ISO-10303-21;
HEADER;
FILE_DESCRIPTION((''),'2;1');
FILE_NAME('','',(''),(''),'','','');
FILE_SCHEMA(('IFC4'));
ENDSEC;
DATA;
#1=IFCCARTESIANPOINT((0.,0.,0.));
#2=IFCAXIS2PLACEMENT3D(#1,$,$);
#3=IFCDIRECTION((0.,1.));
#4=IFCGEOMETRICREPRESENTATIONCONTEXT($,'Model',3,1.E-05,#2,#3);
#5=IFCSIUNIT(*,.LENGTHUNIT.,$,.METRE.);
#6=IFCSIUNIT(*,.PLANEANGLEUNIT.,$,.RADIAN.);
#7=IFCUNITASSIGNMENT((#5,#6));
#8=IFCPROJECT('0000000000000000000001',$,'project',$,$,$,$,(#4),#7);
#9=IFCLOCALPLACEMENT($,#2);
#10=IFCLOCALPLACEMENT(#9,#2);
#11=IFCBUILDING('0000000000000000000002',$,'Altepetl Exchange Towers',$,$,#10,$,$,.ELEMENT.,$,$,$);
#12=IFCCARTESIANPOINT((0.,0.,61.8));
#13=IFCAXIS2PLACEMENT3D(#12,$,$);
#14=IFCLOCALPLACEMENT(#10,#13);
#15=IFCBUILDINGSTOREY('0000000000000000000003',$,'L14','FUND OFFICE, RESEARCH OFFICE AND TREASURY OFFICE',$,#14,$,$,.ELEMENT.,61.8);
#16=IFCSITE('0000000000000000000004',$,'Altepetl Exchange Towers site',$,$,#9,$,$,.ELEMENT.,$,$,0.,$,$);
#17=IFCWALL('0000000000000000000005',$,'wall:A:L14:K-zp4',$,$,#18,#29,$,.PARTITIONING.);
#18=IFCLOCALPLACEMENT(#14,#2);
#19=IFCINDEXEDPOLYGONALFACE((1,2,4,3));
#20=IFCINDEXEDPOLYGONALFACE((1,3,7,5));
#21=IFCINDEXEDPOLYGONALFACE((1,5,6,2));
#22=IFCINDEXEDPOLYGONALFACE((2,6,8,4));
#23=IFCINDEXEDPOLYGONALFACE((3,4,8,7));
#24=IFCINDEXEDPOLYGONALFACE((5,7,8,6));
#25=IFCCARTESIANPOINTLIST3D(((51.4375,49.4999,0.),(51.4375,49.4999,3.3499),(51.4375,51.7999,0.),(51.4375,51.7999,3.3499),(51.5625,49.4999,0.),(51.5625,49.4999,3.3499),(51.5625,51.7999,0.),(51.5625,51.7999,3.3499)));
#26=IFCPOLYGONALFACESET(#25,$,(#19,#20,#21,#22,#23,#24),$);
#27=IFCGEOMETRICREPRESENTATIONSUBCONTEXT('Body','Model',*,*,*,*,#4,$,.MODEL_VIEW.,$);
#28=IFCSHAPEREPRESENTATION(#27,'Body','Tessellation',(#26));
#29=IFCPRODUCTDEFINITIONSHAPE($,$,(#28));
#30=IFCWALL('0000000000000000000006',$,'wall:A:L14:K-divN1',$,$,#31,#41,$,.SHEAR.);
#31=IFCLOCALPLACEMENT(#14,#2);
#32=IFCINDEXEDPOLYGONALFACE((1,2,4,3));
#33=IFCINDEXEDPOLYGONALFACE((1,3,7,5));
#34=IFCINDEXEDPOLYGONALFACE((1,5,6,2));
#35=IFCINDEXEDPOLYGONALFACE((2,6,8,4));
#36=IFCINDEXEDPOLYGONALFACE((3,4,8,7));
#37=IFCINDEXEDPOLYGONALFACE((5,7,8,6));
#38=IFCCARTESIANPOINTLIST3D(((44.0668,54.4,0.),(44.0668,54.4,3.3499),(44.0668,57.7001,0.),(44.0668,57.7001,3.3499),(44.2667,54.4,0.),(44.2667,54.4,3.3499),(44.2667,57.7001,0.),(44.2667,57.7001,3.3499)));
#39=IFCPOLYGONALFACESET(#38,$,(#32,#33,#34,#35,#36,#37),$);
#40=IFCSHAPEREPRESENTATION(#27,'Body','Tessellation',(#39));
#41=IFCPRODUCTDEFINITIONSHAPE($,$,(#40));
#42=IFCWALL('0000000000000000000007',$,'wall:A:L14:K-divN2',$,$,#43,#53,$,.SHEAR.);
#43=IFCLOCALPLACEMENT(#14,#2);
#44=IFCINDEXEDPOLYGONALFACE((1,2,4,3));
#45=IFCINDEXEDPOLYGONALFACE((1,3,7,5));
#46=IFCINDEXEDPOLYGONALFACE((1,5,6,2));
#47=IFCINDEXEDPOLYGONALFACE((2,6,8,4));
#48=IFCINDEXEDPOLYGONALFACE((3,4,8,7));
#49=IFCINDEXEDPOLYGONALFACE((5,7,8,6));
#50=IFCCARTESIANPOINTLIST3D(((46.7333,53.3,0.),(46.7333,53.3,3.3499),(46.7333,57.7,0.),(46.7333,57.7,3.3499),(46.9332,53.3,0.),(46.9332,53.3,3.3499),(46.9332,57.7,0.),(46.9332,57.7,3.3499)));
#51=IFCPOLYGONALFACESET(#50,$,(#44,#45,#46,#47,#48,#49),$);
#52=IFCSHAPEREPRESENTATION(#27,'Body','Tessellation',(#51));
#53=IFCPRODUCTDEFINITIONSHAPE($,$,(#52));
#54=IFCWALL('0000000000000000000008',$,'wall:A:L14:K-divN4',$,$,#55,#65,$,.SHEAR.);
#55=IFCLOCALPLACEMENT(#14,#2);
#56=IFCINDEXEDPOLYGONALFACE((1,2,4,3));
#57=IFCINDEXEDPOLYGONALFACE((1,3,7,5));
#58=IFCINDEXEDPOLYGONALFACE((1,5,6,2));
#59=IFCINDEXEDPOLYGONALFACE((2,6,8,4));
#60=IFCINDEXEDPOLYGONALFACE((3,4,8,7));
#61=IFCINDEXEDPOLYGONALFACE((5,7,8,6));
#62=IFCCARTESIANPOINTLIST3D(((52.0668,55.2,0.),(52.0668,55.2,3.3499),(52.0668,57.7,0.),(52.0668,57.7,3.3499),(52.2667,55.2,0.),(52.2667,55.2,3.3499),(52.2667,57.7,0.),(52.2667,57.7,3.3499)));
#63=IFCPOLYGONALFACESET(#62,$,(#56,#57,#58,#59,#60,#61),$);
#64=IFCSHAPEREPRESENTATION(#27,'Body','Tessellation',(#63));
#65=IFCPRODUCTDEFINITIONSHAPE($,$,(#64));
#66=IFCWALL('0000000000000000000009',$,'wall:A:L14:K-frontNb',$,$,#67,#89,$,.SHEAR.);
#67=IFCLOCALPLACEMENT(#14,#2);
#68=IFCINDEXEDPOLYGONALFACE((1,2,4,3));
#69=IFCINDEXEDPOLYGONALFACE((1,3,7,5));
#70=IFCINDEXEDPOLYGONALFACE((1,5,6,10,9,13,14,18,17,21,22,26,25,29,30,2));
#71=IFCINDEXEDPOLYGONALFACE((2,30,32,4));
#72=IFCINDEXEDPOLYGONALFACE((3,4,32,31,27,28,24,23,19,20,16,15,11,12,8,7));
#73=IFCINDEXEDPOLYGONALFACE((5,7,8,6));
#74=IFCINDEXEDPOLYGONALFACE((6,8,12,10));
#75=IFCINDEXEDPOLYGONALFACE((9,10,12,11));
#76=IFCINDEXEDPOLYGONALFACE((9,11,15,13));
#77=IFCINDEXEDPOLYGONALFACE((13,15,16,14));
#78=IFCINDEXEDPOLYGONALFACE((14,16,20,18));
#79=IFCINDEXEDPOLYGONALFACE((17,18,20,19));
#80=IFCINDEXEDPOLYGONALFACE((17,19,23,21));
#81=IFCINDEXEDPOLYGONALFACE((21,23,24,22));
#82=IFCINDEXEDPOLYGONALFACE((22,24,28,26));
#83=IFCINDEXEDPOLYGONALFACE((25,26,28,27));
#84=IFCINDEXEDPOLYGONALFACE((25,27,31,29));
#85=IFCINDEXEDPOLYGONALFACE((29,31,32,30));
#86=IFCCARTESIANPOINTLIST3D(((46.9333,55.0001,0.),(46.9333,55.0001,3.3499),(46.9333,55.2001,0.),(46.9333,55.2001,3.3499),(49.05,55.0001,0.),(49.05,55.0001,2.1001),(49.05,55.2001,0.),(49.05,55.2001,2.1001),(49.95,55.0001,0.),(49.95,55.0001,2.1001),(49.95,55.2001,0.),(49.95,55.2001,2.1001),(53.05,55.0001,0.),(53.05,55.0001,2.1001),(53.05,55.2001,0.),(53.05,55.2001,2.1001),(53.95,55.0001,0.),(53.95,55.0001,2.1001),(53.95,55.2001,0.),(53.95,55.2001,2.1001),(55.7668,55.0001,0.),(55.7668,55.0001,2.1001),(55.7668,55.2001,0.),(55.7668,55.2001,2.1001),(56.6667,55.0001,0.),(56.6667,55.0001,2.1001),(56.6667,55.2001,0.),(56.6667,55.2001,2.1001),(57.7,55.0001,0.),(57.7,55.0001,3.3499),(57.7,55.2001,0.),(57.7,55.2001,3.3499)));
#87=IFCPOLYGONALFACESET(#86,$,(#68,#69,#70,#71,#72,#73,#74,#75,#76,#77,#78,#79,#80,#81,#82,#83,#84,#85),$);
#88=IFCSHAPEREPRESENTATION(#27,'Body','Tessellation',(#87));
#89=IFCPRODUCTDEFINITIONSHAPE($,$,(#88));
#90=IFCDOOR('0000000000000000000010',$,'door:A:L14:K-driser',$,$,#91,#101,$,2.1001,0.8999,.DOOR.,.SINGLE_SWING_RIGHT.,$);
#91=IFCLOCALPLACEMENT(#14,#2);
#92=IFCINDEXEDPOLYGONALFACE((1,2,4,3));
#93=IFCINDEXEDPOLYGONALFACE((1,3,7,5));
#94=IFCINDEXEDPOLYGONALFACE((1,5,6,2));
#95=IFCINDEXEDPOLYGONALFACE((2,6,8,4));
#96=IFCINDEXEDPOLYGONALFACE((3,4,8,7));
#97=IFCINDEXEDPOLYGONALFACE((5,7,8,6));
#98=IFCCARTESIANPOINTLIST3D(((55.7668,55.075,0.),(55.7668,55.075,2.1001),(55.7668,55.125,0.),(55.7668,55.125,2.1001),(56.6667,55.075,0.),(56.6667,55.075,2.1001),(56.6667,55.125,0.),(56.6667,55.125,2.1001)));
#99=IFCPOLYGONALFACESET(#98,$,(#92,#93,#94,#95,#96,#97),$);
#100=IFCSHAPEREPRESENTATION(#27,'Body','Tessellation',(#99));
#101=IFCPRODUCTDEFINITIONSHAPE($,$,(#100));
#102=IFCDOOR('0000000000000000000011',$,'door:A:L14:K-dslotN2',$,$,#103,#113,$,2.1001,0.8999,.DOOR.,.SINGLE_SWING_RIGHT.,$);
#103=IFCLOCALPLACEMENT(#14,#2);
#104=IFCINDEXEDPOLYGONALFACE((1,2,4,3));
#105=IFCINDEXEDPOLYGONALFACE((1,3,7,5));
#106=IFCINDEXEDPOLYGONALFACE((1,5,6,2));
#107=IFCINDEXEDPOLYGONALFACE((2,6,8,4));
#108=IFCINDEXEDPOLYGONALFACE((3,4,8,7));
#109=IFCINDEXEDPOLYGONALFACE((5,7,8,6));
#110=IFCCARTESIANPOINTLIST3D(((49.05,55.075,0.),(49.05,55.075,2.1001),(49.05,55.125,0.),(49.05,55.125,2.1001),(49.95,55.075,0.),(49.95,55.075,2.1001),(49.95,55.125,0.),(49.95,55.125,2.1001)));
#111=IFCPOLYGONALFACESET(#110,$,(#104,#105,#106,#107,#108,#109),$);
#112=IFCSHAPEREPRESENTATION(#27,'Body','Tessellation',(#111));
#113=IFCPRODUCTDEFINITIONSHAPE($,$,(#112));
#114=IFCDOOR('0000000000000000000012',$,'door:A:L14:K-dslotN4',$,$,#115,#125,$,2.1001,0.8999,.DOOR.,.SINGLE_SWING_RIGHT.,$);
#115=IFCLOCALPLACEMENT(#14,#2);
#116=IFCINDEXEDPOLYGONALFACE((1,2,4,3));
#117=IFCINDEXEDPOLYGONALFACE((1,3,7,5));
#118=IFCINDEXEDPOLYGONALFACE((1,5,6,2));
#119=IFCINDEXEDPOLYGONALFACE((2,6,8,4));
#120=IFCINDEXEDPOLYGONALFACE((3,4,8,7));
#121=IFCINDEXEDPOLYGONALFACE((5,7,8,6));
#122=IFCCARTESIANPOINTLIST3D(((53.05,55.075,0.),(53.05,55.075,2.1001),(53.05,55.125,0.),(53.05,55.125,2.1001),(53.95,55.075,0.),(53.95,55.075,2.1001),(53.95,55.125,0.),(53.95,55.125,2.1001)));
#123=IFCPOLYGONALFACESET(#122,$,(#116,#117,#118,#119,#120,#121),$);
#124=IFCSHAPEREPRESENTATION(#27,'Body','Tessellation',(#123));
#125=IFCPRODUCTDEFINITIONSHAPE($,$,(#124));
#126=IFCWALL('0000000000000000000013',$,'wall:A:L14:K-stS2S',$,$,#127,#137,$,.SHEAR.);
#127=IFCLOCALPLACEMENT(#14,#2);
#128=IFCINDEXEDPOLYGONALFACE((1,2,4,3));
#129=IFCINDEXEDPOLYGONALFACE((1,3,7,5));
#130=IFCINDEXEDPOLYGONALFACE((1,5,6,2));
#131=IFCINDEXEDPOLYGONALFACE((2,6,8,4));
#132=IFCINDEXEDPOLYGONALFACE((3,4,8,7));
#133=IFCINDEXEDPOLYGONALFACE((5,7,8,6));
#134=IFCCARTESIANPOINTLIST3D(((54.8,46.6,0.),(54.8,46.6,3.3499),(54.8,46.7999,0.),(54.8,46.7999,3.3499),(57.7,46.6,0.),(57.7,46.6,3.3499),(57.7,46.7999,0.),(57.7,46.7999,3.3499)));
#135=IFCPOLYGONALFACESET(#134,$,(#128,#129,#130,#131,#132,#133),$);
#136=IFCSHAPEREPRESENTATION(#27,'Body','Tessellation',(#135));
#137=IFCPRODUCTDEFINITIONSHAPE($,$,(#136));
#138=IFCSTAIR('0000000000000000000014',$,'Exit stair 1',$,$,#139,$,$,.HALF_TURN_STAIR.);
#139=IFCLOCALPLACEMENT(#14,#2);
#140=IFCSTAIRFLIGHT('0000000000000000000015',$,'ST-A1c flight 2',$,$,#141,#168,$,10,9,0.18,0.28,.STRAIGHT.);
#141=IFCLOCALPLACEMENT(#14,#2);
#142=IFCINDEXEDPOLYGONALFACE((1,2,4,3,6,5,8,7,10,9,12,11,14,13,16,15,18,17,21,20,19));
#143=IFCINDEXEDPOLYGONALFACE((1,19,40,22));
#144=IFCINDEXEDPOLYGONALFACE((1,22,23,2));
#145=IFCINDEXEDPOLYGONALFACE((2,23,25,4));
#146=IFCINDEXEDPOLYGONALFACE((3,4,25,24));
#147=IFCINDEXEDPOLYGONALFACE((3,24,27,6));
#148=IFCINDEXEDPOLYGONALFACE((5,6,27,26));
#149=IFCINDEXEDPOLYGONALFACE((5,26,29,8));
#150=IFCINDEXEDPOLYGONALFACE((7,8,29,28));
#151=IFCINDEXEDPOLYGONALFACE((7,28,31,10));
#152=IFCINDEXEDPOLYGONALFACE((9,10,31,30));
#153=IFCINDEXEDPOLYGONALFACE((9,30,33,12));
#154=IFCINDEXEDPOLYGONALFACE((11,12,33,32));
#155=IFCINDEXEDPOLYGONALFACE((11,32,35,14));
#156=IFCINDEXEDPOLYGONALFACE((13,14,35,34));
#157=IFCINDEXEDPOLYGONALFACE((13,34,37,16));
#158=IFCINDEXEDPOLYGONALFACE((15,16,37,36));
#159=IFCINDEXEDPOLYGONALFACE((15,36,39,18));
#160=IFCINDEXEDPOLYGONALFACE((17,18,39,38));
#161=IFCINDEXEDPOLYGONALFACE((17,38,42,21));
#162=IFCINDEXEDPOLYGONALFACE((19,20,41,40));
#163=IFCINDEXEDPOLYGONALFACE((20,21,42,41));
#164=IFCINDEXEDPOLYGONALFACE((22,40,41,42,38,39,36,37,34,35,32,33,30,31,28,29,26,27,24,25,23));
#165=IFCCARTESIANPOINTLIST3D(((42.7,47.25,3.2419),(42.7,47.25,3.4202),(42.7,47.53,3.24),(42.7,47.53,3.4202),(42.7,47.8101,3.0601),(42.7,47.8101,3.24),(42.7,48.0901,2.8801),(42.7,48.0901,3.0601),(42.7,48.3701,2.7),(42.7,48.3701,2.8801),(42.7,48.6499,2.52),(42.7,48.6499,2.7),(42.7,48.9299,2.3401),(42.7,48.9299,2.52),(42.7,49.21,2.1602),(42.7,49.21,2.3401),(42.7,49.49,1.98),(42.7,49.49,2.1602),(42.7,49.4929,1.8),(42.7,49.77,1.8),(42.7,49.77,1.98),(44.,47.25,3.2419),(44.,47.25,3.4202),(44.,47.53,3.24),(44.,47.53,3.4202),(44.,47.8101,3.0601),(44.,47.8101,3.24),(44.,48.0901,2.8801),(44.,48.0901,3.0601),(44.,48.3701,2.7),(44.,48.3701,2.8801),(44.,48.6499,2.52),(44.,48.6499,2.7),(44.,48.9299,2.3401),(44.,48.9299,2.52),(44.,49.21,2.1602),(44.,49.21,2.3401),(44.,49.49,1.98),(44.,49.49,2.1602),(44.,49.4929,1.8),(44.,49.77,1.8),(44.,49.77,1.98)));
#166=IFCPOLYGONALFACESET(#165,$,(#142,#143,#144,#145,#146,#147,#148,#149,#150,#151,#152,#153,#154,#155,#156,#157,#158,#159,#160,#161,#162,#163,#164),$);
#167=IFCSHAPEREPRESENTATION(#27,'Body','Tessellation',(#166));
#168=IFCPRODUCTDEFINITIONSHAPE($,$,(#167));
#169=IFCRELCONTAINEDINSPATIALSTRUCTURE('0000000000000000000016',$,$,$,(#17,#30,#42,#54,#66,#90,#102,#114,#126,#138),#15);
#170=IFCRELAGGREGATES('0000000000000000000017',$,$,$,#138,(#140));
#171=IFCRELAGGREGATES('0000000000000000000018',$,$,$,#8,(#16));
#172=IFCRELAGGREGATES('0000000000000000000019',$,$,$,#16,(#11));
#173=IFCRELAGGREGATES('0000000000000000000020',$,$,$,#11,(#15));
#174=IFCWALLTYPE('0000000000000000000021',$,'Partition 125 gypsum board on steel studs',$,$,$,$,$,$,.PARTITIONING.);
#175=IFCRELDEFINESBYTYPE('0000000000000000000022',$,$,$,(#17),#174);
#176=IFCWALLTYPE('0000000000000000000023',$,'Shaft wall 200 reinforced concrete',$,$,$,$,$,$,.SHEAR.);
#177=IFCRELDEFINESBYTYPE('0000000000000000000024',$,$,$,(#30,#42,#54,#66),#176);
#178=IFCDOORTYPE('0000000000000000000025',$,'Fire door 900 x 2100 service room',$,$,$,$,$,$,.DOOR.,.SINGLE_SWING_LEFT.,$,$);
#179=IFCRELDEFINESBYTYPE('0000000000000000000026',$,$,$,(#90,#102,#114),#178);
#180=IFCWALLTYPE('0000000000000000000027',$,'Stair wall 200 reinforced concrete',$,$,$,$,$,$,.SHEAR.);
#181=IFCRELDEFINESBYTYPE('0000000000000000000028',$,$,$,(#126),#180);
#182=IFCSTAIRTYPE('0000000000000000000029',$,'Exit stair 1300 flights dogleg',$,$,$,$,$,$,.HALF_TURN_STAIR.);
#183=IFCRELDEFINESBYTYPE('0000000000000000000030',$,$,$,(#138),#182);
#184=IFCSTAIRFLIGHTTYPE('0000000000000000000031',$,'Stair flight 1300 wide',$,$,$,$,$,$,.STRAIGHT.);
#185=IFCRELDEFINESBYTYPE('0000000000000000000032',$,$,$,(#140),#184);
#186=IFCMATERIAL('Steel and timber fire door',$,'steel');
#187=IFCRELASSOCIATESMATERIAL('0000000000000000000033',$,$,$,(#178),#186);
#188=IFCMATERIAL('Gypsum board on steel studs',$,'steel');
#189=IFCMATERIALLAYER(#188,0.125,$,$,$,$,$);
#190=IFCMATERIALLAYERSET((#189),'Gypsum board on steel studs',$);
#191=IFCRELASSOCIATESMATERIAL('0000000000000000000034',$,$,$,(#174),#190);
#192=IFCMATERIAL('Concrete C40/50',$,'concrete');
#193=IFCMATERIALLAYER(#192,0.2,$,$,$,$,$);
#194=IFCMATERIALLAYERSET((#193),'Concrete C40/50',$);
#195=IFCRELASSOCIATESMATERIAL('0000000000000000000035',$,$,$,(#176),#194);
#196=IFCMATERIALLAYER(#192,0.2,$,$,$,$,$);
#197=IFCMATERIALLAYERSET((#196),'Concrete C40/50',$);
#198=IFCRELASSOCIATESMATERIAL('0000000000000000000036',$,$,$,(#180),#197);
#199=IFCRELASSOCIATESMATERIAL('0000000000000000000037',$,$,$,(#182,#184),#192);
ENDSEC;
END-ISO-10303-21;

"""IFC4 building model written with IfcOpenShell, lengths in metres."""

from ifc_helpers import new_model, si_unit, direction, frame, frame_2d, origin, place, context, subcontext, project, spatial, polyline, rectangle, outline, extrude, material, layer, layer_set, type_object, element, fill, aggregate, save


model = new_model("IFC4")

# Units and contexts
model_context = context("Model", 3, precision=1e-05, world=origin(), true_north=direction((0.0, 1.0)))
body_context = subcontext(model_context, "Body", "Model", "MODEL_VIEW")
ifc_project = project(units=[si_unit("LENGTHUNIT", "METRE"), si_unit("PLANEANGLEUNIT", "RADIAN")], contexts=[model_context])

# Site, building, storey
site_placement = place(None, origin())
site = spatial("IfcSite", under=ifc_project, at=site_placement, Name="Altepetl Exchange Towers site", CompositionType="ELEMENT", RefElevation=0.0)
building_placement = place(site_placement, origin())
building = spatial("IfcBuilding", under=site, at=building_placement, Name="Altepetl Exchange Towers", CompositionType="ELEMENT")
storey_placement = place(building_placement, frame((0.0, 0.0, 61.8)))
storey = spatial("IfcBuildingStorey", under=building, at=storey_placement, Name="L14", Description="FUND OFFICE, RESEARCH OFFICE AND TREASURY OFFICE", CompositionType="ELEMENT", Elevation=61.8)

# Shared definitions
ifc_material_1 = material(Name="Steel and timber fire door", Category="steel")
door_type_1 = type_object("IfcDoorType", Name="Fire door 900 x 2100 service room", OperationType="SINGLE_SWING_LEFT", PredefinedType="DOOR", material=ifc_material_1)

# Walls
ifc_material_2 = material(Name="Gypsum board on steel studs", Category="steel")
ifc_layer_1 = layer(ifc_material_2, 0.125)
ifc_layer_set_1 = layer_set([ifc_layer_1], Name="Gypsum board on steel studs")
wall_type_1 = type_object("IfcWallType", Name="Partition 125 gypsum board on steel studs", PredefinedType="PARTITIONING", material=ifc_layer_set_1)
wall_1_placement = place(storey_placement, frame((51.5, 49.5, 0.0), z_axis=(0.0, 0.0, 1.0), x_axis=(0.0, 1.0, 0.0)))
element("IfcWall", 1, at=wall_1_placement, inside=storey, type_object=wall_type_1, Name="wall:A:L14:K-zp4", PredefinedType="PARTITIONING", context=body_context, shape_type="SweptSolid", body=[
    extrude(rectangle(XDim=2.3, YDim=0.125, at=frame_2d((1.1499, 0.0))), origin(), (0.0, 0.0, 1.0), 3.3499),
])
ifc_material_3 = material(Name="Concrete C40/50", Category="concrete")
ifc_layer_2 = layer(ifc_material_3, 0.2)
ifc_layer_set_2 = layer_set([ifc_layer_2], Name="Concrete C40/50")
wall_type_2 = type_object("IfcWallType", Name="Shaft wall 200 reinforced concrete", PredefinedType="SHEAR", material=ifc_layer_set_2)
wall_2_placement = place(storey_placement, frame((44.1667, 57.7, 0.0), z_axis=(0.0, 0.0, 1.0), x_axis=(0.0, -1.0, 0.0)))
element("IfcWall", 2, at=wall_2_placement, inside=storey, type_object=wall_type_2, Name="wall:A:L14:K-divN1", PredefinedType="SHEAR", context=body_context, shape_type="SweptSolid", body=[
    extrude(rectangle(XDim=3.3, YDim=0.2, at=frame_2d((1.6499, 0.0))), origin(), (0.0, 0.0, 1.0), 3.3499),
])
wall_3_placement = place(storey_placement, frame((46.8333, 57.7, 0.0), z_axis=(0.0, 0.0, 1.0), x_axis=(0.0, -1.0, 0.0)))
element("IfcWall", 3, at=wall_3_placement, inside=storey, type_object=wall_type_2, Name="wall:A:L14:K-divN2", PredefinedType="SHEAR", context=body_context, shape_type="SweptSolid", body=[
    extrude(rectangle(XDim=4.3999, YDim=0.2, at=frame_2d((2.2, 0.0))), origin(), (0.0, 0.0, 1.0), 3.3499),
])
wall_4_placement = place(storey_placement, frame((52.1667, 57.7, 0.0), z_axis=(0.0, 0.0, 1.0), x_axis=(0.0, -1.0, 0.0)))
element("IfcWall", 4, at=wall_4_placement, inside=storey, type_object=wall_type_2, Name="wall:A:L14:K-divN4", PredefinedType="SHEAR", context=body_context, shape_type="SweptSolid", body=[
    extrude(rectangle(XDim=2.5, YDim=0.2, at=frame_2d((1.25, 0.0))), origin(), (0.0, 0.0, 1.0), 3.3499),
])

# Wall, openings, doors
wall_5_placement = place(storey_placement, frame((46.9333, 55.1001, 0.0)))
wall_5 = element("IfcWall", 5, at=wall_5_placement, inside=storey, type_object=wall_type_2, Name="wall:A:L14:K-frontNb", PredefinedType="SHEAR", context=body_context, shape_type="SweptSolid", body=[
    extrude(rectangle(XDim=10.7666, YDim=0.2, at=frame_2d((5.3833, 0.0))), origin(), (0.0, 0.0, 1.0), 3.3499),
])
opening_1_placement = place(wall_5_placement, frame((8.8335, 0.0, 0.0)))
opening_1 = element("IfcOpeningElement", 6, at=opening_1_placement, cuts=wall_5, PredefinedType="OPENING", context=body_context, shape_type="SweptSolid", body=[
    extrude(rectangle(XDim=0.8999, YDim=2.1001, at=frame_2d((0.45, 1.05))), frame((0.0, 0.1099, 0.0), z_axis=(0.0, -1.0, 0.0), x_axis=(1.0, 0.0, 0.0)), (0.0, 0.0, 1.0), 0.22),
])
opening_2_placement = place(wall_5_placement, frame((2.1167, 0.0, 0.0)))
opening_2 = element("IfcOpeningElement", 7, at=opening_2_placement, cuts=wall_5, PredefinedType="OPENING", context=body_context, shape_type="SweptSolid", body=[
    extrude(rectangle(XDim=0.8999, YDim=2.1001, at=frame_2d((0.45, 1.05))), frame((0.0, 0.1099, 0.0), z_axis=(0.0, -1.0, 0.0), x_axis=(1.0, 0.0, 0.0)), (0.0, 0.0, 1.0), 0.22),
])
opening_3_placement = place(wall_5_placement, frame((6.1167, 0.0, 0.0)))
opening_3 = element("IfcOpeningElement", 8, at=opening_3_placement, cuts=wall_5, PredefinedType="OPENING", context=body_context, shape_type="SweptSolid", body=[
    extrude(rectangle(XDim=0.8999, YDim=2.1001, at=frame_2d((0.45, 1.05))), frame((0.0, 0.1099, 0.0), z_axis=(0.0, -1.0, 0.0), x_axis=(1.0, 0.0, 0.0)), (0.0, 0.0, 1.0), 0.22),
])
door_1_placement = place(opening_1_placement, origin())
door_1 = element("IfcDoor", 9, at=door_1_placement, inside=storey, type_object=door_type_1, Name="door:A:L14:K-driser", OperationType="SINGLE_SWING_RIGHT", OverallHeight=2.1001, OverallWidth=0.8999, PredefinedType="DOOR", context=body_context, shape_type="SweptSolid", body=[
    extrude(rectangle(XDim=0.8999, YDim=2.1001, at=frame_2d((0.45, 1.05))), frame((0.0, 0.0249, 0.0), z_axis=(0.0, -1.0, 0.0), x_axis=(1.0, 0.0, 0.0)), (0.0, 0.0, 1.0), 0.05),
])
fill(opening_1, door_1)
door_2_placement = place(opening_2_placement, origin())
door_2 = element("IfcDoor", 10, at=door_2_placement, inside=storey, type_object=door_type_1, Name="door:A:L14:K-dslotN2", OperationType="SINGLE_SWING_RIGHT", OverallHeight=2.1001, OverallWidth=0.8999, PredefinedType="DOOR", context=body_context, shape_type="SweptSolid", body=[
    extrude(rectangle(XDim=0.8999, YDim=2.1001, at=frame_2d((0.45, 1.05))), frame((0.0, 0.0249, 0.0), z_axis=(0.0, -1.0, 0.0), x_axis=(1.0, 0.0, 0.0)), (0.0, 0.0, 1.0), 0.05),
])
fill(opening_2, door_2)
door_3_placement = place(opening_3_placement, origin())
door_3 = element("IfcDoor", 11, at=door_3_placement, inside=storey, type_object=door_type_1, Name="door:A:L14:K-dslotN4", OperationType="SINGLE_SWING_RIGHT", OverallHeight=2.1001, OverallWidth=0.8999, PredefinedType="DOOR", context=body_context, shape_type="SweptSolid", body=[
    extrude(rectangle(XDim=0.8999, YDim=2.1001, at=frame_2d((0.45, 1.05))), frame((0.0, 0.0249, 0.0), z_axis=(0.0, -1.0, 0.0), x_axis=(1.0, 0.0, 0.0)), (0.0, 0.0, 1.0), 0.05),
])
fill(opening_3, door_3)

# Wall
ifc_layer_3 = layer(ifc_material_3, 0.2)
ifc_layer_set_3 = layer_set([ifc_layer_3], Name="Concrete C40/50")
wall_type_3 = type_object("IfcWallType", Name="Stair wall 200 reinforced concrete", PredefinedType="SHEAR", material=ifc_layer_set_3)
wall_6_placement = place(storey_placement, frame((54.8, 46.7, 0.0)))
element("IfcWall", 12, at=wall_6_placement, inside=storey, type_object=wall_type_3, Name="wall:A:L14:K-stS2S", PredefinedType="SHEAR", context=body_context, shape_type="SweptSolid", body=[
    extrude(rectangle(XDim=2.8999, YDim=0.2, at=frame_2d((1.45, 0.0))), origin(), (0.0, 0.0, 1.0), 3.3499),
])

# Stair, stair flight
stair_type = type_object("IfcStairType", Name="Exit stair 1300 flights dogleg", PredefinedType="HALF_TURN_STAIR", material=ifc_material_3)
stair_placement = place(storey_placement, origin())
stair = element("IfcStair", 13, at=stair_placement, inside=storey, type_object=stair_type, Name="Exit stair 1", PredefinedType="HALF_TURN_STAIR")
stair_flight_type = type_object("IfcStairFlightType", Name="Stair flight 1300 wide", PredefinedType="STRAIGHT", material=ifc_material_3)
stair_flight_placement = place(storey_placement, frame((43.3501, 49.77, 1.8), z_axis=(0.0, 0.0, 1.0), x_axis=(0.0, -1.0, 0.0)))
stair_flight = element("IfcStairFlight", 14, at=stair_flight_placement, type_object=stair_flight_type, Name="ST-A1c flight 2", NumberOfRisers=10, NumberOfTreads=9, PredefinedType="STRAIGHT", RiserHeight=0.18, TreadLength=0.28, context=body_context, shape_type="SweptSolid", body=[
    extrude(outline(polyline([(0.0, 0.0), (0.0, 0.1799), (0.28, 0.1799), (0.28, 0.3601), (0.5601, 0.3601), (0.5601, 0.54), (0.8401, 0.54), (0.8401, 0.72), (1.1201, 0.72), (1.1201, 0.8999), (1.3999, 0.8999), (1.3999, 1.0801), (1.6799, 1.0801), (1.6799, 1.26), (1.96, 1.26), (1.96, 1.4399), (2.24, 1.4399), (2.24, 1.6201), (2.52, 1.6201), (2.52, 1.8), (2.52, 1.4419), (0.2771, 0.0), (0.0, 0.0)])), frame((0.0, 0.6499, 0.0), z_axis=(0.0, -1.0, 0.0), x_axis=(1.0, 0.0, 0.0)), (0.0, 0.0, 1.0), 1.3),
])
aggregate(stair, [stair_flight])

save(model, "model.ifc")
